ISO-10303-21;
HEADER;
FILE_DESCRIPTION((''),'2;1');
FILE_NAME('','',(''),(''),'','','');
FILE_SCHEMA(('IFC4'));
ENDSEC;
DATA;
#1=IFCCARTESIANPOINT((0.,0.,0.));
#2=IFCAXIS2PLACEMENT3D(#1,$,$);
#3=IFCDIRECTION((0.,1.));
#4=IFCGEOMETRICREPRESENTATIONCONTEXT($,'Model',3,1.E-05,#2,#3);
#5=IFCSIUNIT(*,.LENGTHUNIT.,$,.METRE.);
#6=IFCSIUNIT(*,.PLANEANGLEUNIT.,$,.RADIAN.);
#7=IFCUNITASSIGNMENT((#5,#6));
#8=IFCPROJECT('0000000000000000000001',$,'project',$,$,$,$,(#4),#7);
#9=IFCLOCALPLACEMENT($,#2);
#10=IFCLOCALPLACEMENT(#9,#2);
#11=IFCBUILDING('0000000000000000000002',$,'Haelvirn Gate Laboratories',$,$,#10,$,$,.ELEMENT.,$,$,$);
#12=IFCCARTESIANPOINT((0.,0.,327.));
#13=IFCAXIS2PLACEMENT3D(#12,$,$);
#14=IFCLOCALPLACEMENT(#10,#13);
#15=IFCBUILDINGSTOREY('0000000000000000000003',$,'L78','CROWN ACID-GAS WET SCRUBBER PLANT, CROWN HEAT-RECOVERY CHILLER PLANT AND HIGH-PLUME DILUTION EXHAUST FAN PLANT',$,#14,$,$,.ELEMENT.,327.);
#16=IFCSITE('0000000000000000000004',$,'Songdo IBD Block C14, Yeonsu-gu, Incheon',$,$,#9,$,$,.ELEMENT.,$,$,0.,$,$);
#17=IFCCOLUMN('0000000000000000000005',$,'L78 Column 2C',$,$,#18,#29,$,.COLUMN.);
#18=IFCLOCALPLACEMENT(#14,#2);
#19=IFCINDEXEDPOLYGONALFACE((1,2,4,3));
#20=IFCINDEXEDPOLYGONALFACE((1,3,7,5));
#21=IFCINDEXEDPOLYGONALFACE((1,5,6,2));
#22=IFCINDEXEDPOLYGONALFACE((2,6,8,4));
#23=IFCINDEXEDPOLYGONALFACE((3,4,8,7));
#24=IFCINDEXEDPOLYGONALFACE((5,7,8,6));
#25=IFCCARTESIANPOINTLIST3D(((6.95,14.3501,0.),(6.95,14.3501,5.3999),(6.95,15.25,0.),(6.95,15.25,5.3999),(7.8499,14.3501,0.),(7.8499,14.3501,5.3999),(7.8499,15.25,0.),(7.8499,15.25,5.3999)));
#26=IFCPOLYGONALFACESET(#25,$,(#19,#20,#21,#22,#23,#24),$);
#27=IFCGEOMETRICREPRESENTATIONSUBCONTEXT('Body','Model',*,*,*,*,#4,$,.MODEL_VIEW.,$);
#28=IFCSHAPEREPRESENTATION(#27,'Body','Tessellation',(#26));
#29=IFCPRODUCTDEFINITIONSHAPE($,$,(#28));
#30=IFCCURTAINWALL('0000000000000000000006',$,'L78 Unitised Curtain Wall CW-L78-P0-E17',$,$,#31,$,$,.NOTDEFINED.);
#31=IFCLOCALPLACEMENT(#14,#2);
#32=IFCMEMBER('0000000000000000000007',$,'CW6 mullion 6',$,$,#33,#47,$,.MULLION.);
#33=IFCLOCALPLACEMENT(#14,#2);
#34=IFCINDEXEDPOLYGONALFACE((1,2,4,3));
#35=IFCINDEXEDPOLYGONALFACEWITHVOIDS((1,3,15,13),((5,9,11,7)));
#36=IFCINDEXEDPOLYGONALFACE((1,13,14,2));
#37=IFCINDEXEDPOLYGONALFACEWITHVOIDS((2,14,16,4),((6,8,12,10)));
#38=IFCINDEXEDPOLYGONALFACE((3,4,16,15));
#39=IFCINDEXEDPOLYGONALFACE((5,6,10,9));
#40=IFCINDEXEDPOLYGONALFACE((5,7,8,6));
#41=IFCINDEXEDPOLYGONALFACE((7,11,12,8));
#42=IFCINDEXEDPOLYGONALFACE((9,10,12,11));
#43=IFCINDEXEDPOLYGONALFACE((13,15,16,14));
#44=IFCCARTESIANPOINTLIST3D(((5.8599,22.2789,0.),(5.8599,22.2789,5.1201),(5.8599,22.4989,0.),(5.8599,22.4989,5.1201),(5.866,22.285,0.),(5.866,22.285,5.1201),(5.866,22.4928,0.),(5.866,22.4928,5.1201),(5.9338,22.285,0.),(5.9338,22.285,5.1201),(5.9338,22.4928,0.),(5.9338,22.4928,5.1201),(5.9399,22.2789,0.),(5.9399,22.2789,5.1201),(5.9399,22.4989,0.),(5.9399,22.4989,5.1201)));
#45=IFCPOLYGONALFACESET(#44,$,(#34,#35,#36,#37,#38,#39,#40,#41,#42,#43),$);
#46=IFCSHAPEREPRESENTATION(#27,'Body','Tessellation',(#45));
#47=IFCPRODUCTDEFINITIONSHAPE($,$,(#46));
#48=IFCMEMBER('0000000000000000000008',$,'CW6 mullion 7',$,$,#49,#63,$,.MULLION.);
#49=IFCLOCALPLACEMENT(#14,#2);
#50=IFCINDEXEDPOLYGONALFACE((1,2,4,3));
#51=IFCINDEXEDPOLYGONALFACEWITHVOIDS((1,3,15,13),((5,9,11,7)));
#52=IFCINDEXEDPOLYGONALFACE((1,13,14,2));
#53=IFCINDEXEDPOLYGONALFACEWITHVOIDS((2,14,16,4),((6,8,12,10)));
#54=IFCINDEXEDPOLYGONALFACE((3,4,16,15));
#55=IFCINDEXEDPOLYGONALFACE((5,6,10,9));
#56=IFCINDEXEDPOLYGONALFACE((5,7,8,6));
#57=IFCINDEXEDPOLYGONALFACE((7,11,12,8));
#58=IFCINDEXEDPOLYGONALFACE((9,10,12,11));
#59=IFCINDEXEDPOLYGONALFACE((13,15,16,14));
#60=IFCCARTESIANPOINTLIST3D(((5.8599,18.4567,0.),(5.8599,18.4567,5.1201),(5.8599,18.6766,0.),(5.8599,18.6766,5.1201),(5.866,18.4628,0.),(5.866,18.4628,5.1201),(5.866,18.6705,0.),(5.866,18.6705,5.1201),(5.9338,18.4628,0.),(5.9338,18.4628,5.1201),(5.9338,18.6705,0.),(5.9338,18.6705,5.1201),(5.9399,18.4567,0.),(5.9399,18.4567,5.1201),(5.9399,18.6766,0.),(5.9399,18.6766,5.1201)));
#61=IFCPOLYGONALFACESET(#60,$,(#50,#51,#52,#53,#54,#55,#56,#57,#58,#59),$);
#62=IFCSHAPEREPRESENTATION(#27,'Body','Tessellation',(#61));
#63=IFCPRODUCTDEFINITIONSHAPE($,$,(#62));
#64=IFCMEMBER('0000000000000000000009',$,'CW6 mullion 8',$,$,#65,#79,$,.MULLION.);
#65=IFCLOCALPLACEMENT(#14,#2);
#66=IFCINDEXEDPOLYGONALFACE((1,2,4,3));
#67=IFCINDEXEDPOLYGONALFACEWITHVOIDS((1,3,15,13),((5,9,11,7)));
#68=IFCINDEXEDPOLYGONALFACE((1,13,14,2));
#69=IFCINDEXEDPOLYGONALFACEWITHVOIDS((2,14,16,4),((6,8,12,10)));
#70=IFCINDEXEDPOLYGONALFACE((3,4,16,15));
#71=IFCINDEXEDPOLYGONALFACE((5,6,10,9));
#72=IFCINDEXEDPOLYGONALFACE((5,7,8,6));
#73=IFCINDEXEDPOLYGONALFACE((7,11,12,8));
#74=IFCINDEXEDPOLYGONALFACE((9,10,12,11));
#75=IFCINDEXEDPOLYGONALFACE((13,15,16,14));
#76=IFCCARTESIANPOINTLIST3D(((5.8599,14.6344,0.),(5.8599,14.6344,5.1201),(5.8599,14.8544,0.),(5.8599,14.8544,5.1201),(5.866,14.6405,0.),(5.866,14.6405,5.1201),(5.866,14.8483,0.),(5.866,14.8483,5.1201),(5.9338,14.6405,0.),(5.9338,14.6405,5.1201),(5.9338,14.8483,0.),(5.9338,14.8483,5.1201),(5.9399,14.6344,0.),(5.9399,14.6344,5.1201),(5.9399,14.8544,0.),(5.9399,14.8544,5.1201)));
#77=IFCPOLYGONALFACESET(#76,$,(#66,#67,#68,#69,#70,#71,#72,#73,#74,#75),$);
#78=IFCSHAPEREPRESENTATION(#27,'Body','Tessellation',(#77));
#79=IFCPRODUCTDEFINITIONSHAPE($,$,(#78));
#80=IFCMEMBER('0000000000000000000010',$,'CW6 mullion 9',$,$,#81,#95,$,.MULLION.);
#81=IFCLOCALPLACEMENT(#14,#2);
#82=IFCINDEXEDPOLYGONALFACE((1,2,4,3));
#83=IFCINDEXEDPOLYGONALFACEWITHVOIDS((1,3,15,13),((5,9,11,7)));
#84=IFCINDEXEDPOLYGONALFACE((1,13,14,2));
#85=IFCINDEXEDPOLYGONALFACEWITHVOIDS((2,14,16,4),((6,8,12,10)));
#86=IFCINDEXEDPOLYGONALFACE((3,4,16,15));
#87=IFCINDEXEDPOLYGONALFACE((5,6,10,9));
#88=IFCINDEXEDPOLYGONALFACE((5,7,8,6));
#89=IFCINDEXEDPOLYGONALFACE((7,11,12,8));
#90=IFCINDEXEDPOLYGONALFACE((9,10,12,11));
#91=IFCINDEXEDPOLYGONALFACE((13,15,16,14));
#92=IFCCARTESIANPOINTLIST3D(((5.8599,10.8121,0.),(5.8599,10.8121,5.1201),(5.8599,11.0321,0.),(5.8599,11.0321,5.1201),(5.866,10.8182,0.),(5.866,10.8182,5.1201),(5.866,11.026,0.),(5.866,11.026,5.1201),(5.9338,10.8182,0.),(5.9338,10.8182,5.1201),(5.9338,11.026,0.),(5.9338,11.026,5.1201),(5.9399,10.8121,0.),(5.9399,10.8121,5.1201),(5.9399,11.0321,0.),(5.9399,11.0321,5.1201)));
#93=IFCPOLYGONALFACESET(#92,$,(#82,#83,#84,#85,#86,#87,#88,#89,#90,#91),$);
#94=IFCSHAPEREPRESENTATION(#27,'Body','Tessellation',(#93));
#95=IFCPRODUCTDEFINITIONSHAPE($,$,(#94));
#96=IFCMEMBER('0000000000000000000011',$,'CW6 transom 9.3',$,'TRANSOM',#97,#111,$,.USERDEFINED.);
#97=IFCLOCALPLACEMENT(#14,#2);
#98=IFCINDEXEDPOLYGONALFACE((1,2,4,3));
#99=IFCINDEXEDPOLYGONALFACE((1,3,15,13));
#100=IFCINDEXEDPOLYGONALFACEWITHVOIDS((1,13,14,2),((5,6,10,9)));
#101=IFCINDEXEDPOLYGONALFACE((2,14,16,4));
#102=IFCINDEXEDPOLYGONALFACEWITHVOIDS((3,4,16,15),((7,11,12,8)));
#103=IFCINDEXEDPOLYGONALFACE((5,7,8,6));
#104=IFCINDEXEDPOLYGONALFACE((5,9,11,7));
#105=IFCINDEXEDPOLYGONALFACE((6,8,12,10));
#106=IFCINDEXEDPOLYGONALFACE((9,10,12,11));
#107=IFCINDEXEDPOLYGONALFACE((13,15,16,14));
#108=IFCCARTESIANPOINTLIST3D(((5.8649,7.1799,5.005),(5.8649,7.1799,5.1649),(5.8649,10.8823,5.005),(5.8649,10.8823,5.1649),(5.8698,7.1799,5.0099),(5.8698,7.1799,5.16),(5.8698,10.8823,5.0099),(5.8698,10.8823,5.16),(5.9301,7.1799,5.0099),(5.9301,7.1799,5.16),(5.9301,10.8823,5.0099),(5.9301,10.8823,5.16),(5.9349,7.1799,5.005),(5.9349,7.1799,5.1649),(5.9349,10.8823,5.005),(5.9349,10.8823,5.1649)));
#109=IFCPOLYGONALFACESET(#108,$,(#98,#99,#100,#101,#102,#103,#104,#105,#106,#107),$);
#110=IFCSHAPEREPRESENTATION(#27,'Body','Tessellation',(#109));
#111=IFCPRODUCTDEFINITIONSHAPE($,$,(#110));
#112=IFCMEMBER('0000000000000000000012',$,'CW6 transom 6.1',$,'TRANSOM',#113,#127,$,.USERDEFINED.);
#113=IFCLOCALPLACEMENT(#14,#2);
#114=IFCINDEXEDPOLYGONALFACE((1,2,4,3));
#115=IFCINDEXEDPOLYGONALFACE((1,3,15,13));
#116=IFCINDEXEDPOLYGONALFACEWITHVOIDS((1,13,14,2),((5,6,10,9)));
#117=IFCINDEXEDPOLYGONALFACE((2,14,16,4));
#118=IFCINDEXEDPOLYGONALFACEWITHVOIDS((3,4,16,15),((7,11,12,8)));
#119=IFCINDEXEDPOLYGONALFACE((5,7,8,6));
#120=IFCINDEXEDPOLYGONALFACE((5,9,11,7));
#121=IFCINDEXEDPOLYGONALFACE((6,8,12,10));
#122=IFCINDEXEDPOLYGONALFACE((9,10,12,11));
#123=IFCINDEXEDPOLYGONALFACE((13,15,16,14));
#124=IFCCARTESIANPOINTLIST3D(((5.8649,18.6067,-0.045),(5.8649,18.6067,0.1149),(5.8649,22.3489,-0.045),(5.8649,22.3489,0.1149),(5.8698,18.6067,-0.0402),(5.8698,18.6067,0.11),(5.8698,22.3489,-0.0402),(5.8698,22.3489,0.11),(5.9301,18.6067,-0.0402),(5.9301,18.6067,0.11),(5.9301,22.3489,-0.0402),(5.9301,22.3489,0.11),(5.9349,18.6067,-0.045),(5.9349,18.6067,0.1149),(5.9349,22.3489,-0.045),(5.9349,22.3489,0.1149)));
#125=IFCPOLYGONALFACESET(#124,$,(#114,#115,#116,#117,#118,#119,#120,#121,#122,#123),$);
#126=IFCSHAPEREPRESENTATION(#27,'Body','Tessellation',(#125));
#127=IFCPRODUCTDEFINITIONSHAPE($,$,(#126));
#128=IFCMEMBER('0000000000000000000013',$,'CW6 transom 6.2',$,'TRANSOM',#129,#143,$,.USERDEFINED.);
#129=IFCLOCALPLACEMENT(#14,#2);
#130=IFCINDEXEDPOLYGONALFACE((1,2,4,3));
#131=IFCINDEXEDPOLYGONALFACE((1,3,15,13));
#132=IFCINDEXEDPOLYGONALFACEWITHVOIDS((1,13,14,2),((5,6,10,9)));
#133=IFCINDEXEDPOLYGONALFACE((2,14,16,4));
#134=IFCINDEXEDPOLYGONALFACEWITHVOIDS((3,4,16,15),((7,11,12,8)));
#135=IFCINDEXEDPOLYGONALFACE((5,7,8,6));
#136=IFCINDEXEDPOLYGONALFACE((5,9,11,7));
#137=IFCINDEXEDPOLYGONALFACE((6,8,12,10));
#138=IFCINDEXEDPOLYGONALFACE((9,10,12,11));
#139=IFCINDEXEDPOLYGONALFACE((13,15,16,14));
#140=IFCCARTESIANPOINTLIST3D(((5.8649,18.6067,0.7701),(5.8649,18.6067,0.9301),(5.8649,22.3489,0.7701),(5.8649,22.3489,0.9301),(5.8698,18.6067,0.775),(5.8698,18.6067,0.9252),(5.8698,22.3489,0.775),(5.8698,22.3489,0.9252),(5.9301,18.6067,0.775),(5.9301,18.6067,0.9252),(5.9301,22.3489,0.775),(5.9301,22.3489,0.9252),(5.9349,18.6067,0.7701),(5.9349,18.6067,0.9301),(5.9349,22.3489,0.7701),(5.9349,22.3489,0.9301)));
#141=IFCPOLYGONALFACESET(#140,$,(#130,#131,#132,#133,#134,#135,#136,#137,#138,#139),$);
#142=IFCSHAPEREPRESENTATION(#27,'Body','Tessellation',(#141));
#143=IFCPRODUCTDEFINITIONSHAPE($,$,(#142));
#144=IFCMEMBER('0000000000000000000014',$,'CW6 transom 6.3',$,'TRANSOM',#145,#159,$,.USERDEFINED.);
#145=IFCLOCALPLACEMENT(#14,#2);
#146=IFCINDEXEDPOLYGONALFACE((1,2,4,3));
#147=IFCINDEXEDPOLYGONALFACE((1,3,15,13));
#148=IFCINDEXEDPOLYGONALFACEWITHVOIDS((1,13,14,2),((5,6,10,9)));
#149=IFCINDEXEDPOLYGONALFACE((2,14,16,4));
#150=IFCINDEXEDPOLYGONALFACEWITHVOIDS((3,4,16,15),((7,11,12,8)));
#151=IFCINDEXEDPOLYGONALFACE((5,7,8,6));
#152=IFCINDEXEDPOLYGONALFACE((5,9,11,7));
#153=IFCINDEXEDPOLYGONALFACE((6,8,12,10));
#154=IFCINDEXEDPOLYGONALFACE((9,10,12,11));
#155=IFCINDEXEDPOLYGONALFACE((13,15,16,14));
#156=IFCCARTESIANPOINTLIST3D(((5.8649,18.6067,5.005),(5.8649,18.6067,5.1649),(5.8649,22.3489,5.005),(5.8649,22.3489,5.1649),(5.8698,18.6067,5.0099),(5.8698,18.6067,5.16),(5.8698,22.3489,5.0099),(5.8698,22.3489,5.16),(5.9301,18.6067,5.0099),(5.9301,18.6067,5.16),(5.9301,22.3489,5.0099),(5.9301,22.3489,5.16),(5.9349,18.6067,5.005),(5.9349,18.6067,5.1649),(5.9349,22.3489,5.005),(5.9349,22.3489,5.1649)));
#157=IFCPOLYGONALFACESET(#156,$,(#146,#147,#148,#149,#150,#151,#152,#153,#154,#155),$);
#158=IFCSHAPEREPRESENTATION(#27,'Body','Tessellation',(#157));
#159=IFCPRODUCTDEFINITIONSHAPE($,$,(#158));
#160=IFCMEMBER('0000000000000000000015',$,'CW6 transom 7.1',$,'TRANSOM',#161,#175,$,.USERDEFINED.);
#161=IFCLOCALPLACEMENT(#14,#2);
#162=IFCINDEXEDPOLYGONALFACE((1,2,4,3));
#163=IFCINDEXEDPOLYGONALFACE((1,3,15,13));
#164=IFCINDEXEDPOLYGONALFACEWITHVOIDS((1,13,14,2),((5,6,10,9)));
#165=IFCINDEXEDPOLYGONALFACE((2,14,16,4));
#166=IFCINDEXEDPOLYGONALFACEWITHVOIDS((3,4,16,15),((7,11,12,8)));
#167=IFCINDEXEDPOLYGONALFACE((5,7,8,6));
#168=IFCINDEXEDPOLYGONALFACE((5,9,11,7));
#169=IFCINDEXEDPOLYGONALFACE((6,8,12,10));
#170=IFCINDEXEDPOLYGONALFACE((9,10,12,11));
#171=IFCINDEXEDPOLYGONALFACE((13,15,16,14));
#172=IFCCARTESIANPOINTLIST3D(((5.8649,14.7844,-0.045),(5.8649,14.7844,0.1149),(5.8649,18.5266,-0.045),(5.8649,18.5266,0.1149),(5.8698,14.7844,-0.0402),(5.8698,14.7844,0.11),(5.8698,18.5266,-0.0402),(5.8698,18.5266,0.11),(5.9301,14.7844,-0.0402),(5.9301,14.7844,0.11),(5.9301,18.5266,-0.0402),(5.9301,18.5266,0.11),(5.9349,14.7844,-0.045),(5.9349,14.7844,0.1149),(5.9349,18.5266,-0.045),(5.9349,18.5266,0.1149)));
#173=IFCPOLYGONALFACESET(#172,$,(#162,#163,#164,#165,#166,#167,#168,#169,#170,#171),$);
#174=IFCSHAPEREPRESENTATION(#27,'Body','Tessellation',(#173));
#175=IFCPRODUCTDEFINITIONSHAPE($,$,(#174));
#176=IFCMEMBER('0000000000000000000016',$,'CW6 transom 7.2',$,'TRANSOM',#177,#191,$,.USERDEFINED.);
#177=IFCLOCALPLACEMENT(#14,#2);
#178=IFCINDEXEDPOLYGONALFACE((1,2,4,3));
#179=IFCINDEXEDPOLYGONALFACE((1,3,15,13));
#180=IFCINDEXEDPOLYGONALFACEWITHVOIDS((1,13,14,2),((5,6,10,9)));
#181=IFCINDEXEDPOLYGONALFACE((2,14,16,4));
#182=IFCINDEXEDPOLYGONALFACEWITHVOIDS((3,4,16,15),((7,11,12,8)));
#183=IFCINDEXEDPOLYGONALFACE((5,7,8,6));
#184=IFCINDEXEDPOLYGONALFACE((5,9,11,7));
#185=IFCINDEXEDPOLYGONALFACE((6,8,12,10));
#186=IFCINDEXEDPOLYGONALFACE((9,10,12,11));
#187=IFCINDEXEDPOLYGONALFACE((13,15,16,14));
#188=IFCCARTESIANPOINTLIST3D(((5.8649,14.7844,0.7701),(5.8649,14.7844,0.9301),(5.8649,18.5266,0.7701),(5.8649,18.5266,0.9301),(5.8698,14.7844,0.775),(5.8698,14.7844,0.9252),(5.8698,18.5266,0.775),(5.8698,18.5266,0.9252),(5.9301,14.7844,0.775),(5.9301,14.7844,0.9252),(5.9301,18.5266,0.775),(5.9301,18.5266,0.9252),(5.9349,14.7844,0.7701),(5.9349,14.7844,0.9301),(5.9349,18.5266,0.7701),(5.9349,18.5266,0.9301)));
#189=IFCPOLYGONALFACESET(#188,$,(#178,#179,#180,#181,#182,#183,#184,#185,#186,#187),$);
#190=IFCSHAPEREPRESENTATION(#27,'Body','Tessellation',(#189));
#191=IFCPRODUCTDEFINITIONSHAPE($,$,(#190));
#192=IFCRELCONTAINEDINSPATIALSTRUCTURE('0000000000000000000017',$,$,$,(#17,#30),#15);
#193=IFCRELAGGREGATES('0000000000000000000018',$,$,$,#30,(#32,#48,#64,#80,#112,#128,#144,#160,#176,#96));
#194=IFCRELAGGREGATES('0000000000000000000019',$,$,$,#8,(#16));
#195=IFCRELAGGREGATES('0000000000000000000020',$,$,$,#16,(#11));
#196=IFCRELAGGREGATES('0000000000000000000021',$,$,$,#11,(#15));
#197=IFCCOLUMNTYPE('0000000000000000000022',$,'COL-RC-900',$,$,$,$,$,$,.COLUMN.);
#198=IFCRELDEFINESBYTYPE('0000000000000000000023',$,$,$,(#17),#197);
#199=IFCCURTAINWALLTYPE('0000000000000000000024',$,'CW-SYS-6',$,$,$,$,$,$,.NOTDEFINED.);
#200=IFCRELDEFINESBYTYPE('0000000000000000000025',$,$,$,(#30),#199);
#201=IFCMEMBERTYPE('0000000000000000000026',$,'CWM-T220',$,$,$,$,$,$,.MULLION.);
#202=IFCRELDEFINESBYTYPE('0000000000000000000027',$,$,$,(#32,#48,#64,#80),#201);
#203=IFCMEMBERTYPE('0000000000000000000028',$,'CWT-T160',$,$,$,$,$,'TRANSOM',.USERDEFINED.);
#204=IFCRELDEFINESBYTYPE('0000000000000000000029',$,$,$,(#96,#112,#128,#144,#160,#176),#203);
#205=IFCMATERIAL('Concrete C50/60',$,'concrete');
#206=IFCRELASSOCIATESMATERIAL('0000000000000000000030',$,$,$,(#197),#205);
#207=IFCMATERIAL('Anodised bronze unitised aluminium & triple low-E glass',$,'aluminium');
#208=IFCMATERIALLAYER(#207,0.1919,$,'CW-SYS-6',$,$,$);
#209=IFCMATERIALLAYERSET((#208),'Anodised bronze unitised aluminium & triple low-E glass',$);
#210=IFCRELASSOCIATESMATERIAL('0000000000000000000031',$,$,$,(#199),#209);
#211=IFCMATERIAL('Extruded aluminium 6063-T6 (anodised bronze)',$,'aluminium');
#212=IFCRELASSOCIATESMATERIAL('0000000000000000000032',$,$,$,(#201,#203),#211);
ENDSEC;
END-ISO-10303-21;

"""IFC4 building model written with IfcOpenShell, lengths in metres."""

from ifc_helpers import new_model, si_unit, direction, frame, origin, origin_2d, place, context, subcontext, project, spatial, rectangle, hollow_rectangle, extrude, source, transform, mapped, material, layer, layer_set, material_profile, profile_set, type_object, type_shapes, element, aggregate, save


model = new_model("IFC4")

# Units and contexts
model_context = context("Model", 3, precision=1e-05, world=origin(), true_north=direction((0.0, 1.0)))
body_context = subcontext(model_context, "Body", "Model", "MODEL_VIEW")
ifc_project = project(units=[si_unit("LENGTHUNIT", "METRE"), si_unit("PLANEANGLEUNIT", "RADIAN")], contexts=[model_context])

# Site, building, storey
site_placement = place(None, origin())
site = spatial("IfcSite", under=ifc_project, at=site_placement, Name="Songdo IBD Block C14, Yeonsu-gu, Incheon", CompositionType="ELEMENT", RefElevation=0.0)
building_placement = place(site_placement, origin())
building = spatial("IfcBuilding", under=site, at=building_placement, Name="Haelvirn Gate Laboratories", CompositionType="ELEMENT")
storey_placement = place(building_placement, frame((0.0, 0.0, 327.0)))
storey = spatial("IfcBuildingStorey", under=building, at=storey_placement, Name="L78", Description="CROWN ACID-GAS WET SCRUBBER PLANT, CROWN HEAT-RECOVERY CHILLER PLANT AND HIGH-PLUME DILUTION EXHAUST FAN PLANT", CompositionType="ELEMENT", Elevation=327.0)

# Column
ifc_material_1 = material(Name="Concrete C50/60", Category="concrete")
ifc_material_profile_1 = material_profile(ifc_material_1, rectangle(XDim=0.8999, YDim=0.8999, at=origin_2d()), Name="RC-900x900")
ifc_profile_set_1 = profile_set([ifc_material_profile_1], Name="Concrete C50/60")
column_type = type_object("IfcColumnType", Name="COL-RC-900", PredefinedType="COLUMN", material=ifc_profile_set_1)
shared_shape_1 = source(origin(), body_context, "Body", "SweptSolid", [
    extrude(rectangle(XDim=0.8999, YDim=0.8999, at=origin_2d()), origin(), (0.0, 0.0, 1.0), 5.3999),
])
type_shapes(column_type, [shared_shape_1])
column_placement = place(storey_placement, frame((7.3999, 14.8, 0.0), z_axis=(0.0, 0.0, 1.0), x_axis=(1.0, 0.0, 0.0)))
element("IfcColumn", 1, at=column_placement, inside=storey, type_object=column_type, Name="L78 Column 2C", PredefinedType="COLUMN", context=body_context, shape_type="MappedRepresentation", body=[
    mapped(shared_shape_1, transform((0.0, 0.0, 0.0), scale=1.0)),
])

# Curtain wall, members
ifc_material_2 = material(Name="Anodised bronze unitised aluminium & triple low-E glass", Category="aluminium")
ifc_layer_1 = layer(ifc_material_2, 0.1919, Name="CW-SYS-6")
ifc_layer_set_1 = layer_set([ifc_layer_1], Name="Anodised bronze unitised aluminium & triple low-E glass")
curtain_wall_type = type_object("IfcCurtainWallType", Name="CW-SYS-6", PredefinedType="NOTDEFINED", material=ifc_layer_set_1)
curtain_wall_placement = place(storey_placement, origin())
curtain_wall = element("IfcCurtainWall", 2, at=curtain_wall_placement, inside=storey, type_object=curtain_wall_type, Name="L78 Unitised Curtain Wall CW-L78-P0-E17", PredefinedType="NOTDEFINED")
ifc_material_3 = material(Name="Extruded aluminium 6063-T6 (anodised bronze)", Category="aluminium")
ifc_material_profile_2 = material_profile(ifc_material_3, hollow_rectangle(XDim=0.0801, YDim=0.22, WallThickness=0.0061, at=origin_2d()), Name="CWM-220x80x6")
ifc_profile_set_2 = profile_set([ifc_material_profile_2], Name="Extruded aluminium 6063-T6 (anodised bronze)")
member_type_1 = type_object("IfcMemberType", Name="CWM-T220", PredefinedType="MULLION", material=ifc_profile_set_2)
shared_shape_2 = source(origin(), body_context, "Body", "SweptSolid", [
    extrude(hollow_rectangle(XDim=0.0801, YDim=0.22, WallThickness=0.0061, at=origin_2d()), origin(), (0.0, 0.0, 1.0), 5.1201),
])
type_shapes(member_type_1, [shared_shape_2])
member_1_placement = place(storey_placement, frame((5.8999, 22.3889, 0.0), z_axis=(0.0, 0.0, 1.0), x_axis=(1.0, 0.0, 0.0)))
member_1 = element("IfcMember", 3, at=member_1_placement, type_object=member_type_1, Name="CW6 mullion 6", PredefinedType="MULLION", context=body_context, shape_type="MappedRepresentation", body=[
    mapped(shared_shape_2, transform((0.0, 0.0, 0.0), scale=1.0)),
])
member_2_placement = place(storey_placement, frame((5.8999, 18.5667, 0.0), z_axis=(0.0, 0.0, 1.0), x_axis=(1.0, 0.0, 0.0)))
member_2 = element("IfcMember", 4, at=member_2_placement, type_object=member_type_1, Name="CW6 mullion 7", PredefinedType="MULLION", context=body_context, shape_type="MappedRepresentation", body=[
    mapped(shared_shape_2, transform((0.0, 0.0, 0.0), scale=1.0)),
])
member_3_placement = place(storey_placement, frame((5.8999, 14.7444, 0.0), z_axis=(0.0, 0.0, 1.0), x_axis=(1.0, 0.0, 0.0)))
member_3 = element("IfcMember", 5, at=member_3_placement, type_object=member_type_1, Name="CW6 mullion 8", PredefinedType="MULLION", context=body_context, shape_type="MappedRepresentation", body=[
    mapped(shared_shape_2, transform((0.0, 0.0, 0.0), scale=1.0)),
])
member_4_placement = place(storey_placement, frame((5.8999, 10.9221, 0.0), z_axis=(0.0, 0.0, 1.0), x_axis=(1.0, 0.0, 0.0)))
member_4 = element("IfcMember", 6, at=member_4_placement, type_object=member_type_1, Name="CW6 mullion 9", PredefinedType="MULLION", context=body_context, shape_type="MappedRepresentation", body=[
    mapped(shared_shape_2, transform((0.0, 0.0, 0.0), scale=1.0)),
])
ifc_material_profile_3 = material_profile(ifc_material_3, hollow_rectangle(XDim=0.0701, YDim=0.1599, WallThickness=0.0049, at=origin_2d()), Name="CWT-160x70x5")
ifc_profile_set_3 = profile_set([ifc_material_profile_3], Name="Extruded aluminium 6063-T6 (anodised bronze)")
member_type_2 = type_object("IfcMemberType", Name="CWT-T160", ElementType="TRANSOM", PredefinedType="USERDEFINED", material=ifc_profile_set_3)
shared_shape_3 = source(origin(), body_context, "Body", "SweptSolid", [
    extrude(hollow_rectangle(XDim=0.0701, YDim=0.1599, WallThickness=0.0049, at=origin_2d()), origin(), (0.0, 0.0, 1.0), 3.7024),
])
member_5_placement = place(storey_placement, frame((5.8999, 10.8823, 5.085), z_axis=(0.0, -1.0, 0.0), x_axis=(1.0, 0.0, 0.0)))
member_5 = element("IfcMember", 7, at=member_5_placement, type_object=member_type_2, Name="CW6 transom 9.3", ObjectType="TRANSOM", PredefinedType="USERDEFINED", context=body_context, shape_type="MappedRepresentation", body=[
    mapped(shared_shape_3, transform((0.0, 0.0, 0.0), scale=1.0)),
])
shared_shape_4 = source(origin(), body_context, "Body", "SweptSolid", [
    extrude(hollow_rectangle(XDim=0.0701, YDim=0.1599, WallThickness=0.0049, at=origin_2d()), origin(), (0.0, 0.0, 1.0), 3.7422),
])
type_shapes(member_type_2, [shared_shape_3, shared_shape_4])
member_6_placement = place(storey_placement, frame((5.8999, 22.3489, 0.0349), z_axis=(0.0, -1.0, 0.0), x_axis=(1.0, 0.0, 0.0)))
member_6 = element("IfcMember", 8, at=member_6_placement, type_object=member_type_2, Name="CW6 transom 6.1", ObjectType="TRANSOM", PredefinedType="USERDEFINED", context=body_context, shape_type="MappedRepresentation", body=[
    mapped(shared_shape_4, transform((0.0, 0.0, 0.0), scale=1.0)),
])
member_7_placement = place(storey_placement, frame((5.8999, 22.3489, 0.8501), z_axis=(0.0, -1.0, 0.0), x_axis=(1.0, 0.0, 0.0)))
member_7 = element("IfcMember", 9, at=member_7_placement, type_object=member_type_2, Name="CW6 transom 6.2", ObjectType="TRANSOM", PredefinedType="USERDEFINED", context=body_context, shape_type="MappedRepresentation", body=[
    mapped(shared_shape_4, transform((0.0, 0.0, 0.0), scale=1.0)),
])
member_8_placement = place(storey_placement, frame((5.8999, 22.3489, 5.085), z_axis=(0.0, -1.0, 0.0), x_axis=(1.0, 0.0, 0.0)))
member_8 = element("IfcMember", 10, at=member_8_placement, type_object=member_type_2, Name="CW6 transom 6.3", ObjectType="TRANSOM", PredefinedType="USERDEFINED", context=body_context, shape_type="MappedRepresentation", body=[
    mapped(shared_shape_4, transform((0.0, 0.0, 0.0), scale=1.0)),
])
member_9_placement = place(storey_placement, frame((5.8999, 18.5266, 0.0349), z_axis=(0.0, -1.0, 0.0), x_axis=(1.0, 0.0, 0.0)))
member_9 = element("IfcMember", 11, at=member_9_placement, type_object=member_type_2, Name="CW6 transom 7.1", ObjectType="TRANSOM", PredefinedType="USERDEFINED", context=body_context, shape_type="MappedRepresentation", body=[
    mapped(shared_shape_4, transform((0.0, 0.0, 0.0), scale=1.0)),
])
member_10_placement = place(storey_placement, frame((5.8999, 18.5266, 0.8501), z_axis=(0.0, -1.0, 0.0), x_axis=(1.0, 0.0, 0.0)))
member_10 = element("IfcMember", 12, at=member_10_placement, type_object=member_type_2, Name="CW6 transom 7.2", ObjectType="TRANSOM", PredefinedType="USERDEFINED", context=body_context, shape_type="MappedRepresentation", body=[
    mapped(shared_shape_4, transform((0.0, 0.0, 0.0), scale=1.0)),
])
aggregate(curtain_wall, [member_1, member_2, member_3, member_4, member_6, member_7, member_8, member_9, member_10, member_5])

save(model, "model.ifc")
